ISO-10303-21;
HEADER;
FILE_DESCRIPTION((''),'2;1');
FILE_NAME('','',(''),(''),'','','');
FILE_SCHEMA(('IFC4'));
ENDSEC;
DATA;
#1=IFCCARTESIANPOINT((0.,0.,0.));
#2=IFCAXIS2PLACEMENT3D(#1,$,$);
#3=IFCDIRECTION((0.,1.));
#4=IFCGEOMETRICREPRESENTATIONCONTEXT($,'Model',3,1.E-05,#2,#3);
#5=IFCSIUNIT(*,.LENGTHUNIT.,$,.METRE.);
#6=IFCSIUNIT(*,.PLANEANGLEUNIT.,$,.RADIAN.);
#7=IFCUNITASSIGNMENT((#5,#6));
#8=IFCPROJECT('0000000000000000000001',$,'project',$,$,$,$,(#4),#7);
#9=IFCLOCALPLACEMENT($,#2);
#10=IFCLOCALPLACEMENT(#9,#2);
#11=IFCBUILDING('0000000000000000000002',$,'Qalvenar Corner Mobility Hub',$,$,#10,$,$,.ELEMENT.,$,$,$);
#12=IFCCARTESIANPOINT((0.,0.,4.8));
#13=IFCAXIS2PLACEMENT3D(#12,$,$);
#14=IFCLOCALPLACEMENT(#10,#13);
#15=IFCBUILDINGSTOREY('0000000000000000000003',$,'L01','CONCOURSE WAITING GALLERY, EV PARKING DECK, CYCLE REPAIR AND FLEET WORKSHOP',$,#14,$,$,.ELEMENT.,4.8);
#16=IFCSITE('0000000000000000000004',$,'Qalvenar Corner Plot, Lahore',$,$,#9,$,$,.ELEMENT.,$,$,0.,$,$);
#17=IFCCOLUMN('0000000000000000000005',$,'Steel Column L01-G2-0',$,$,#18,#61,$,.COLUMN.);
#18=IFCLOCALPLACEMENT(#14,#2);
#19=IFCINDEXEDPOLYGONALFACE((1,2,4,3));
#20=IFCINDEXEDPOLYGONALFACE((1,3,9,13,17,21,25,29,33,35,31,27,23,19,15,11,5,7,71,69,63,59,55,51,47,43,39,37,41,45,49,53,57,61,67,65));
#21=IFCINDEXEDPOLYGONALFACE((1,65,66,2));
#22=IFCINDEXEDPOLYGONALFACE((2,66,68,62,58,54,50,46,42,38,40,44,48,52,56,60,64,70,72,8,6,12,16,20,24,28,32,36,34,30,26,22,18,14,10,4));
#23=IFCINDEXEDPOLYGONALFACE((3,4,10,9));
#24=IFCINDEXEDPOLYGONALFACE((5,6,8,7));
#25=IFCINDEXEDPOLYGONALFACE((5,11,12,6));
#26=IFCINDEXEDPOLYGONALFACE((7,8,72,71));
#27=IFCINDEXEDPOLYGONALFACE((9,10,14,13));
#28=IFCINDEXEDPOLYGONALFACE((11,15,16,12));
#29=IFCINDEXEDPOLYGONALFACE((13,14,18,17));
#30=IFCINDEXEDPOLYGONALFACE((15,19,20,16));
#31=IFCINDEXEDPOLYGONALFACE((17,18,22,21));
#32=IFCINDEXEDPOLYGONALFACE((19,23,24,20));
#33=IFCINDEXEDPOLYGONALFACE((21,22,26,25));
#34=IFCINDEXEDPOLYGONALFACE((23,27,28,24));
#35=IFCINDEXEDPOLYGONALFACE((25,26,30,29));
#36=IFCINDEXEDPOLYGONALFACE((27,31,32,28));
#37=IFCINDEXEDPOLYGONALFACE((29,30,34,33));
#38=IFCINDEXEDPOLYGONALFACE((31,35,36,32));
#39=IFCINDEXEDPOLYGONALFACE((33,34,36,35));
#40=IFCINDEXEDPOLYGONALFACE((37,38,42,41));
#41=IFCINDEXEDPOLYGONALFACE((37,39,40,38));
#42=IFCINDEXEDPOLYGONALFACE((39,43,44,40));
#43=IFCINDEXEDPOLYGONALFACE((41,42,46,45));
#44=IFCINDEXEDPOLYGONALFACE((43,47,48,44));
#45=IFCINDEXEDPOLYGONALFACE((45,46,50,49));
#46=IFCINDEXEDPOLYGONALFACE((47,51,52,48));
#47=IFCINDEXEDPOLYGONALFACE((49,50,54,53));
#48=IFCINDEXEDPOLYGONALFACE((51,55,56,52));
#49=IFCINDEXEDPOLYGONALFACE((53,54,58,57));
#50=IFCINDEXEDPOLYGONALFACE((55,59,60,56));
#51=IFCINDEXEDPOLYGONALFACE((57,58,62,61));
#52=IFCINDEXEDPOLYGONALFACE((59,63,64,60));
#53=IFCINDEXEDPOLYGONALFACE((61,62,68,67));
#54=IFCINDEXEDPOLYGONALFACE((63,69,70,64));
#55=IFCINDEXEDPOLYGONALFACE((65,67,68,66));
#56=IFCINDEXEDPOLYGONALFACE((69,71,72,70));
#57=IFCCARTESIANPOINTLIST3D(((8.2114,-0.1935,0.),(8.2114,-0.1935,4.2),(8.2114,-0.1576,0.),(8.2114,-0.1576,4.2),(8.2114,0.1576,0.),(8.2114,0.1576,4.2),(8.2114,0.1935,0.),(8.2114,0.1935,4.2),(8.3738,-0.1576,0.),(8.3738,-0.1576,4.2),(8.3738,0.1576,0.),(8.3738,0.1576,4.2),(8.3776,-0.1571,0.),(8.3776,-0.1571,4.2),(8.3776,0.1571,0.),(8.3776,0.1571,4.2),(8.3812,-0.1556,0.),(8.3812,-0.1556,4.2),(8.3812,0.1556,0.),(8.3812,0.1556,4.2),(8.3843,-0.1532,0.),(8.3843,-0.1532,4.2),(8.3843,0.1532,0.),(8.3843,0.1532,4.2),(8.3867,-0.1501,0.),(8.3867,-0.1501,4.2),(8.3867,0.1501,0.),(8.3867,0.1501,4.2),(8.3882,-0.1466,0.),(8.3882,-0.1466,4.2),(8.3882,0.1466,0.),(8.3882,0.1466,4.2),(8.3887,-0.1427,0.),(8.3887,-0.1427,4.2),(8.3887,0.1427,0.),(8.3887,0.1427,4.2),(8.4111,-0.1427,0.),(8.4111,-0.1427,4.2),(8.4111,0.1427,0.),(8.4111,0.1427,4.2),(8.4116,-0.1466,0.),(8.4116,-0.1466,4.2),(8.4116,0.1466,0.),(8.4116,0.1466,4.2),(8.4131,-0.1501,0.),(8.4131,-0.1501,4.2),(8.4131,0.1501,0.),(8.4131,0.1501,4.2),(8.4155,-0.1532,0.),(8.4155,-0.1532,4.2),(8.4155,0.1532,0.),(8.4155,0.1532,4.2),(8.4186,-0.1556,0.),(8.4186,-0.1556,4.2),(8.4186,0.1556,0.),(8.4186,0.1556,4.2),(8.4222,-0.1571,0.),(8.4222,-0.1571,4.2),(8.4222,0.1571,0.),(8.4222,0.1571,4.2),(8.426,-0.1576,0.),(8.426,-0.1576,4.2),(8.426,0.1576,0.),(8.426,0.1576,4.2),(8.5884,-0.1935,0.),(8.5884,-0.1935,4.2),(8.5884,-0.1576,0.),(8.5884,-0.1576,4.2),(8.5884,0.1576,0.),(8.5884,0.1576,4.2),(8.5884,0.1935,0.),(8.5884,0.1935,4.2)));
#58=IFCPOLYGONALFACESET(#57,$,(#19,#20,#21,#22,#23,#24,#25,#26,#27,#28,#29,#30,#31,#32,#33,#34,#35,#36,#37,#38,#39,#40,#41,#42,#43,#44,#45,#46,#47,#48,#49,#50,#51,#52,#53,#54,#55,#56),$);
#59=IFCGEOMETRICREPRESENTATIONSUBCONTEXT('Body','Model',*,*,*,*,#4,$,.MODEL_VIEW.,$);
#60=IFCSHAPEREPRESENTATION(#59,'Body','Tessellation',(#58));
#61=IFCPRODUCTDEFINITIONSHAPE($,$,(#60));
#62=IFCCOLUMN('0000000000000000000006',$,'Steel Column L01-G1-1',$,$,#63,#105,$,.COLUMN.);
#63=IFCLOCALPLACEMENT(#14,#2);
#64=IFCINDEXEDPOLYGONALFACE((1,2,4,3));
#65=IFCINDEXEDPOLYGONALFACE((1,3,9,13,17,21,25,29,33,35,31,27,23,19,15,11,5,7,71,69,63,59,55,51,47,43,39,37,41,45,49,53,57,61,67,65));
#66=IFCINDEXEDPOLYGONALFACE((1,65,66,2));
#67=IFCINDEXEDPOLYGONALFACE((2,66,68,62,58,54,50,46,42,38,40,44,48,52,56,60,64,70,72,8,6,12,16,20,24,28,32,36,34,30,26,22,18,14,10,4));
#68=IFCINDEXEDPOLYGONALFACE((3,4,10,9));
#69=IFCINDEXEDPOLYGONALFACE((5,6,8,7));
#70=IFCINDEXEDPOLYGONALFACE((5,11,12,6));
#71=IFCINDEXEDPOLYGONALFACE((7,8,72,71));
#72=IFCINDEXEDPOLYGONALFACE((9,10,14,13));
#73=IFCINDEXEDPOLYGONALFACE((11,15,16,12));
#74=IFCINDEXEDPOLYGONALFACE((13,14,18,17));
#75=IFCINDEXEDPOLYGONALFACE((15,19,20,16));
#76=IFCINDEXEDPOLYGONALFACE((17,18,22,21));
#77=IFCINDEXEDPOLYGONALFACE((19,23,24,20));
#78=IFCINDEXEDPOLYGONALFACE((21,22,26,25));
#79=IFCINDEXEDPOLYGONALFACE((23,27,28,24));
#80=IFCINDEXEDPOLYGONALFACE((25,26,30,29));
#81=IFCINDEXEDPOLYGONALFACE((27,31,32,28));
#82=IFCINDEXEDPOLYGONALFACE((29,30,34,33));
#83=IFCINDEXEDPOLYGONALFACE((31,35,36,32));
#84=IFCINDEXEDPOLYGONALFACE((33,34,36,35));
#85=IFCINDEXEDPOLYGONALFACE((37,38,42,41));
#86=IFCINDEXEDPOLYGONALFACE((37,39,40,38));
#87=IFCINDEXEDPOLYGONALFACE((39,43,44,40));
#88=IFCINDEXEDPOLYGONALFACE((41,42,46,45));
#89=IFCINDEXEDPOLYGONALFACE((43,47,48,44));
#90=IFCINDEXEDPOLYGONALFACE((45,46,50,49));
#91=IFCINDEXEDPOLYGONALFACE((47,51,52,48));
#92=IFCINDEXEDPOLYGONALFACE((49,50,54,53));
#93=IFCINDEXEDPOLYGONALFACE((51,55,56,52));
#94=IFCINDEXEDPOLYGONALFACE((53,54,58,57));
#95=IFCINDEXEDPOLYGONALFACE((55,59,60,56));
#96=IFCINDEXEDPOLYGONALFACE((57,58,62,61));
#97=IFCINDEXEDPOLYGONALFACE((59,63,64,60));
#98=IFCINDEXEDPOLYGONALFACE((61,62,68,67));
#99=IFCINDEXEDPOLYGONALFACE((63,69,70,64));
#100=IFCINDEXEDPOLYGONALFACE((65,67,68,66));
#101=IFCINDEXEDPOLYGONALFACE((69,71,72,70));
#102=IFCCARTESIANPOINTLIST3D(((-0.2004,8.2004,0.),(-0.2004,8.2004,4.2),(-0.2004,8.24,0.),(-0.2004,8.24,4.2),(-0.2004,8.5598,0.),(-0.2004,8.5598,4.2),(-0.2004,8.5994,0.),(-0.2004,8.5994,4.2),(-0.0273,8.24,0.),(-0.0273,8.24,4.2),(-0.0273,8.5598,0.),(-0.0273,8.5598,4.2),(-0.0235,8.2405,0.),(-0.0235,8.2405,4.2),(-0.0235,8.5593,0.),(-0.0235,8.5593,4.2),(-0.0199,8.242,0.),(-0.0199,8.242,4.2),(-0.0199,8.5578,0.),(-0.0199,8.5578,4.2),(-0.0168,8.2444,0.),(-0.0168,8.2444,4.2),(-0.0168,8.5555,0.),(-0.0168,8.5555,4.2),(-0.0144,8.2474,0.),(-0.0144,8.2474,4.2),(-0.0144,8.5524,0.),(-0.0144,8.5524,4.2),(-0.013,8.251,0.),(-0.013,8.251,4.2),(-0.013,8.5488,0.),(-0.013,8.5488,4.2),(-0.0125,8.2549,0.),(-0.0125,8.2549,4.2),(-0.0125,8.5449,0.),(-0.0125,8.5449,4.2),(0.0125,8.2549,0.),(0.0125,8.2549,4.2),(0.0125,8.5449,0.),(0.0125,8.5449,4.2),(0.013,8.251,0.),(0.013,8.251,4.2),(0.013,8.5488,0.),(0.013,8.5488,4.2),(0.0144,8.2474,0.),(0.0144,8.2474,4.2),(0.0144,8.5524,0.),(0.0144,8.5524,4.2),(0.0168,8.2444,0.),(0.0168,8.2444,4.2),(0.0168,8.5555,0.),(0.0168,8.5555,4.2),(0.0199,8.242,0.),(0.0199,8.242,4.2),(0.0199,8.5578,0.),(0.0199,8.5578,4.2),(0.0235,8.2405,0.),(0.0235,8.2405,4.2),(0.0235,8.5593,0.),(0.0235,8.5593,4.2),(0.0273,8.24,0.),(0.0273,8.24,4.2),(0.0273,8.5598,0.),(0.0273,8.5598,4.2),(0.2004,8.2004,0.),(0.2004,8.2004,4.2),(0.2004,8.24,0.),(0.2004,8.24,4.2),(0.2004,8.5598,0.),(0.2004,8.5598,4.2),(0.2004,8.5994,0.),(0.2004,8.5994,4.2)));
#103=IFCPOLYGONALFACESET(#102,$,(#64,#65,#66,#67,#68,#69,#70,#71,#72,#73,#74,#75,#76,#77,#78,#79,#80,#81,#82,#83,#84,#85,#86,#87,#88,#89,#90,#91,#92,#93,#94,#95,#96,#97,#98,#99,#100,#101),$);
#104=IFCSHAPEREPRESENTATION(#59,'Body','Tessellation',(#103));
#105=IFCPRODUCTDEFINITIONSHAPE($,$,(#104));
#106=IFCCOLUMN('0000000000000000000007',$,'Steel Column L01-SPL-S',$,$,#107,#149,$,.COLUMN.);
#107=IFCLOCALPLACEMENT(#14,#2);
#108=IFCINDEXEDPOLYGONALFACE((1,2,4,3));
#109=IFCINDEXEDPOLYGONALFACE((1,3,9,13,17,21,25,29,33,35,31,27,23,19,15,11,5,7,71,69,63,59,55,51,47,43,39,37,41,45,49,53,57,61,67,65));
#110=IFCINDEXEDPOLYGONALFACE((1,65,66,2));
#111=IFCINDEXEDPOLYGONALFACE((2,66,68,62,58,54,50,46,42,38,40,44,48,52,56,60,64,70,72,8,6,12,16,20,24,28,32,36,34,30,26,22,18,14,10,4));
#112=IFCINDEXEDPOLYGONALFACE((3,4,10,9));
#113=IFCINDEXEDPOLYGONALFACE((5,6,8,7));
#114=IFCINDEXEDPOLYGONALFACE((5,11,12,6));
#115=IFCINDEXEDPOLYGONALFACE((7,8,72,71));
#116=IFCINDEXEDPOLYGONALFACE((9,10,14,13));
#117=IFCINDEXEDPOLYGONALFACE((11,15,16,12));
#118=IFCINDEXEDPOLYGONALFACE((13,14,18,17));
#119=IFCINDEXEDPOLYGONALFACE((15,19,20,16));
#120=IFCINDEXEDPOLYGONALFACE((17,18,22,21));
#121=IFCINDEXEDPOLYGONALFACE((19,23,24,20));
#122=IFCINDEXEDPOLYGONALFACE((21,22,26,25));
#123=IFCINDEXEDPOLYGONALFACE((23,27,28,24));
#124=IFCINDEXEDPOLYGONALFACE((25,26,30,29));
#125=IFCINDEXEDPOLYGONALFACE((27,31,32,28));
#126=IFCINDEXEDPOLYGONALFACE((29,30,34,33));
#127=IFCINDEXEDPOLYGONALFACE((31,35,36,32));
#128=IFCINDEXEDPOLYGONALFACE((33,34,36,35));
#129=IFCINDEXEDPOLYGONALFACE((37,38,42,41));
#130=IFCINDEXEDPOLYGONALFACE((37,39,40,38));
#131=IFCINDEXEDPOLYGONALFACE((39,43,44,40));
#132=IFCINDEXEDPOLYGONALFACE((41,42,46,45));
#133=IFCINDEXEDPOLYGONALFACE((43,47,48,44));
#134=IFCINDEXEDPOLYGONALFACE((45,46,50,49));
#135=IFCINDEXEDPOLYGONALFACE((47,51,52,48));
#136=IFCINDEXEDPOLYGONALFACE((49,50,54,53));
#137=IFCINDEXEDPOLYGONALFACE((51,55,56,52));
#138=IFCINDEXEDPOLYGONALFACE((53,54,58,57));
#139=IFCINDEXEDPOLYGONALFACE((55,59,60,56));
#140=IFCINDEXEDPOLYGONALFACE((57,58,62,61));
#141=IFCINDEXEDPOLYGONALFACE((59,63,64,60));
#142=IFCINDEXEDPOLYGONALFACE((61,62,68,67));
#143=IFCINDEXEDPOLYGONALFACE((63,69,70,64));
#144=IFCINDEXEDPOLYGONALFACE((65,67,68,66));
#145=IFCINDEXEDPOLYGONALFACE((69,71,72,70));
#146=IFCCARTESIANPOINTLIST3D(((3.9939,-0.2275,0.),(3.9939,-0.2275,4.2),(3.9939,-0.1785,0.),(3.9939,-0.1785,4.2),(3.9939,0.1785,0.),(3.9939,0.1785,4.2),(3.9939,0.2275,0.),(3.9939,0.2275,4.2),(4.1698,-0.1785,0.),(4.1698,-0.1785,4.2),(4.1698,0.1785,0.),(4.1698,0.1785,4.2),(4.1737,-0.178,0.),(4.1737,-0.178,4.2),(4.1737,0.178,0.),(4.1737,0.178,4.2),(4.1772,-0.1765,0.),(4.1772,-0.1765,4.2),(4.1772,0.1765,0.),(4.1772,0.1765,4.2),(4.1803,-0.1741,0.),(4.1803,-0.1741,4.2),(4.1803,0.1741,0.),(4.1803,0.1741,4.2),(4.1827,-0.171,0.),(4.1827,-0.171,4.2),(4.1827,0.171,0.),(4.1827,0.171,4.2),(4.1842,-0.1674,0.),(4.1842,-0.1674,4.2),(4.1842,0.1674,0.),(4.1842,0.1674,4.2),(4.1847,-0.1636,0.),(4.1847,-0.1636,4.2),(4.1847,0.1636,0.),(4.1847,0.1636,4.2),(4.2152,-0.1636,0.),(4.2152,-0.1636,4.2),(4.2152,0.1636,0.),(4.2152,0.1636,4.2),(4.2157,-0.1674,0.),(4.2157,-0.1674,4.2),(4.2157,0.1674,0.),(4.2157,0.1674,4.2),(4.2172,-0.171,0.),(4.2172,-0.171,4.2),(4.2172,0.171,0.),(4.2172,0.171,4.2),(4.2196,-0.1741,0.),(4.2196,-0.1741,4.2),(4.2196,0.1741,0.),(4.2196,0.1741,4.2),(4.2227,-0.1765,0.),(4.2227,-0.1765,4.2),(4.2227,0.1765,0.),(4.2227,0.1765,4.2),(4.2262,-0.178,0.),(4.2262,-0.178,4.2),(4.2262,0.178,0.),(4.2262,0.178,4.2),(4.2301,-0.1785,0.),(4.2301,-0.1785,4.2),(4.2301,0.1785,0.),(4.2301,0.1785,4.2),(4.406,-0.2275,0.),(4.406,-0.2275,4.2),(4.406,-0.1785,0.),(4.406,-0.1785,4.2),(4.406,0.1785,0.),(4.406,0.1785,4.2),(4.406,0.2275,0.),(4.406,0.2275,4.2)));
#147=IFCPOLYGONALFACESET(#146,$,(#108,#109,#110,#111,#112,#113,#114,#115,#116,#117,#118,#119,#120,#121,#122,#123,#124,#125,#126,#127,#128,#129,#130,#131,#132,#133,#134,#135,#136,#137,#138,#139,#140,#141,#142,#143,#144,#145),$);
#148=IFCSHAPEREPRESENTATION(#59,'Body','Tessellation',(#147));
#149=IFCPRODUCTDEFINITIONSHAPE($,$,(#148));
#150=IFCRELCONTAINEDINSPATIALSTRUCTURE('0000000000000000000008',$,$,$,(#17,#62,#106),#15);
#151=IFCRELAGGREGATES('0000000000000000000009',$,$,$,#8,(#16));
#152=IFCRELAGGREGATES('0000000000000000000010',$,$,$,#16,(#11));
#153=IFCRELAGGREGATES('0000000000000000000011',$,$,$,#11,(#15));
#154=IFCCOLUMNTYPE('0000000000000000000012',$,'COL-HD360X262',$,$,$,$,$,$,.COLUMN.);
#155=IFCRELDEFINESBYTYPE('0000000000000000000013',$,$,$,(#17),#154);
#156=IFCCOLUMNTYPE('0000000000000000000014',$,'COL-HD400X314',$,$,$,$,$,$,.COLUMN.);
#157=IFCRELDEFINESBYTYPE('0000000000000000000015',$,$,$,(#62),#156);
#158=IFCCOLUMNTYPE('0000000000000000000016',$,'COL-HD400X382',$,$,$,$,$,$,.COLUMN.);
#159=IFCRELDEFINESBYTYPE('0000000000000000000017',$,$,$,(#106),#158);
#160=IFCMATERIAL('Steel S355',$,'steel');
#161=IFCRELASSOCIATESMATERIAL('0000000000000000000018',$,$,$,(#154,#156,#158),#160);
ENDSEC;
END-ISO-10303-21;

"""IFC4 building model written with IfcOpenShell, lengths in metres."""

from ifc_helpers import new_model, si_unit, direction, frame, origin, origin_2d, place, context, subcontext, project, spatial, i_section, extrude, material, material_profile, profile_set, type_object, element, save


model = new_model("IFC4")

# Units and contexts
model_context = context("Model", 3, precision=1e-05, world=origin(), true_north=direction((0.0, 1.0)))
body_context = subcontext(model_context, "Body", "Model", "MODEL_VIEW")
ifc_project = project(units=[si_unit("LENGTHUNIT", "METRE"), si_unit("PLANEANGLEUNIT", "RADIAN")], contexts=[model_context])

# Site, building, storey
site_placement = place(None, origin())
site = spatial("IfcSite", under=ifc_project, at=site_placement, Name="Qalvenar Corner Plot, Lahore", CompositionType="ELEMENT", RefElevation=0.0)
building_placement = place(site_placement, origin())
building = spatial("IfcBuilding", under=site, at=building_placement, Name="Qalvenar Corner Mobility Hub", CompositionType="ELEMENT")
storey_placement = place(building_placement, frame((0.0, 0.0, 4.8)))
storey = spatial("IfcBuildingStorey", under=building, at=storey_placement, Name="L01", Description="CONCOURSE WAITING GALLERY, EV PARKING DECK, CYCLE REPAIR AND FLEET WORKSHOP", CompositionType="ELEMENT", Elevation=4.8)

# Columns
ifc_material_1 = material(Name="Steel S355", Category="steel")
ifc_material_profile_1 = material_profile(ifc_material_1, i_section(OverallWidth=0.377, OverallDepth=0.387, WebThickness=0.0225, FlangeThickness=0.0359, FilletRadius=0.0149, at=origin_2d()), Name="HD360x262")
ifc_profile_set_1 = profile_set([ifc_material_profile_1], Name="Steel S355")
column_type_1 = type_object("IfcColumnType", Name="COL-HD360X262", PredefinedType="COLUMN", material=ifc_profile_set_1)
column_1_placement = place(storey_placement, frame((8.3999, 0.0, 0.0), z_axis=(0.0, 0.0, 1.0), x_axis=(1.0, 0.0, 0.0)))
element("IfcColumn", 1, at=column_1_placement, inside=storey, type_object=column_type_1, Name="Steel Column L01-G2-0", PredefinedType="COLUMN", context=body_context, shape_type="SweptSolid", body=[
    extrude(i_section(OverallWidth=0.377, OverallDepth=0.387, WebThickness=0.0225, FlangeThickness=0.0359, FilletRadius=0.0149, at=origin_2d()), origin(), (0.0, 0.0, 1.0), 4.2),
])
ifc_material_profile_2 = material_profile(ifc_material_1, i_section(OverallWidth=0.4009, OverallDepth=0.3989, WebThickness=0.0249, FlangeThickness=0.0396, FilletRadius=0.0149, at=origin_2d()), Name="HD400x314")
ifc_profile_set_2 = profile_set([ifc_material_profile_2], Name="Steel S355")
column_type_2 = type_object("IfcColumnType", Name="COL-HD400X314", PredefinedType="COLUMN", material=ifc_profile_set_2)
column_2_placement = place(storey_placement, frame((0.0, 8.3999, 0.0), z_axis=(0.0, 0.0, 1.0), x_axis=(1.0, 0.0, 0.0)))
element("IfcColumn", 2, at=column_2_placement, inside=storey, type_object=column_type_2, Name="Steel Column L01-G1-1", PredefinedType="COLUMN", context=body_context, shape_type="SweptSolid", body=[
    extrude(i_section(OverallWidth=0.4009, OverallDepth=0.3989, WebThickness=0.0249, FlangeThickness=0.0396, FilletRadius=0.0149, at=origin_2d()), origin(), (0.0, 0.0, 1.0), 4.2),
])
ifc_material_profile_3 = material_profile(ifc_material_1, i_section(OverallWidth=0.4121, OverallDepth=0.4551, WebThickness=0.0305, FlangeThickness=0.0491, FilletRadius=0.0149, at=origin_2d()), Name="HD400x421")
ifc_profile_set_3 = profile_set([ifc_material_profile_3], Name="Steel S355")
column_type_3 = type_object("IfcColumnType", Name="COL-HD400X382", PredefinedType="COLUMN", material=ifc_profile_set_3)
column_3_placement = place(storey_placement, frame((4.2, 0.0, 0.0), z_axis=(0.0, 0.0, 1.0), x_axis=(1.0, 0.0, 0.0)))
element("IfcColumn", 3, at=column_3_placement, inside=storey, type_object=column_type_3, Name="Steel Column L01-SPL-S", PredefinedType="COLUMN", context=body_context, shape_type="SweptSolid", body=[
    extrude(i_section(OverallWidth=0.4121, OverallDepth=0.4551, WebThickness=0.0305, FlangeThickness=0.0491, FilletRadius=0.0149, at=origin_2d()), origin(), (0.0, 0.0, 1.0), 4.2),
])

save(model, "model.ifc")
